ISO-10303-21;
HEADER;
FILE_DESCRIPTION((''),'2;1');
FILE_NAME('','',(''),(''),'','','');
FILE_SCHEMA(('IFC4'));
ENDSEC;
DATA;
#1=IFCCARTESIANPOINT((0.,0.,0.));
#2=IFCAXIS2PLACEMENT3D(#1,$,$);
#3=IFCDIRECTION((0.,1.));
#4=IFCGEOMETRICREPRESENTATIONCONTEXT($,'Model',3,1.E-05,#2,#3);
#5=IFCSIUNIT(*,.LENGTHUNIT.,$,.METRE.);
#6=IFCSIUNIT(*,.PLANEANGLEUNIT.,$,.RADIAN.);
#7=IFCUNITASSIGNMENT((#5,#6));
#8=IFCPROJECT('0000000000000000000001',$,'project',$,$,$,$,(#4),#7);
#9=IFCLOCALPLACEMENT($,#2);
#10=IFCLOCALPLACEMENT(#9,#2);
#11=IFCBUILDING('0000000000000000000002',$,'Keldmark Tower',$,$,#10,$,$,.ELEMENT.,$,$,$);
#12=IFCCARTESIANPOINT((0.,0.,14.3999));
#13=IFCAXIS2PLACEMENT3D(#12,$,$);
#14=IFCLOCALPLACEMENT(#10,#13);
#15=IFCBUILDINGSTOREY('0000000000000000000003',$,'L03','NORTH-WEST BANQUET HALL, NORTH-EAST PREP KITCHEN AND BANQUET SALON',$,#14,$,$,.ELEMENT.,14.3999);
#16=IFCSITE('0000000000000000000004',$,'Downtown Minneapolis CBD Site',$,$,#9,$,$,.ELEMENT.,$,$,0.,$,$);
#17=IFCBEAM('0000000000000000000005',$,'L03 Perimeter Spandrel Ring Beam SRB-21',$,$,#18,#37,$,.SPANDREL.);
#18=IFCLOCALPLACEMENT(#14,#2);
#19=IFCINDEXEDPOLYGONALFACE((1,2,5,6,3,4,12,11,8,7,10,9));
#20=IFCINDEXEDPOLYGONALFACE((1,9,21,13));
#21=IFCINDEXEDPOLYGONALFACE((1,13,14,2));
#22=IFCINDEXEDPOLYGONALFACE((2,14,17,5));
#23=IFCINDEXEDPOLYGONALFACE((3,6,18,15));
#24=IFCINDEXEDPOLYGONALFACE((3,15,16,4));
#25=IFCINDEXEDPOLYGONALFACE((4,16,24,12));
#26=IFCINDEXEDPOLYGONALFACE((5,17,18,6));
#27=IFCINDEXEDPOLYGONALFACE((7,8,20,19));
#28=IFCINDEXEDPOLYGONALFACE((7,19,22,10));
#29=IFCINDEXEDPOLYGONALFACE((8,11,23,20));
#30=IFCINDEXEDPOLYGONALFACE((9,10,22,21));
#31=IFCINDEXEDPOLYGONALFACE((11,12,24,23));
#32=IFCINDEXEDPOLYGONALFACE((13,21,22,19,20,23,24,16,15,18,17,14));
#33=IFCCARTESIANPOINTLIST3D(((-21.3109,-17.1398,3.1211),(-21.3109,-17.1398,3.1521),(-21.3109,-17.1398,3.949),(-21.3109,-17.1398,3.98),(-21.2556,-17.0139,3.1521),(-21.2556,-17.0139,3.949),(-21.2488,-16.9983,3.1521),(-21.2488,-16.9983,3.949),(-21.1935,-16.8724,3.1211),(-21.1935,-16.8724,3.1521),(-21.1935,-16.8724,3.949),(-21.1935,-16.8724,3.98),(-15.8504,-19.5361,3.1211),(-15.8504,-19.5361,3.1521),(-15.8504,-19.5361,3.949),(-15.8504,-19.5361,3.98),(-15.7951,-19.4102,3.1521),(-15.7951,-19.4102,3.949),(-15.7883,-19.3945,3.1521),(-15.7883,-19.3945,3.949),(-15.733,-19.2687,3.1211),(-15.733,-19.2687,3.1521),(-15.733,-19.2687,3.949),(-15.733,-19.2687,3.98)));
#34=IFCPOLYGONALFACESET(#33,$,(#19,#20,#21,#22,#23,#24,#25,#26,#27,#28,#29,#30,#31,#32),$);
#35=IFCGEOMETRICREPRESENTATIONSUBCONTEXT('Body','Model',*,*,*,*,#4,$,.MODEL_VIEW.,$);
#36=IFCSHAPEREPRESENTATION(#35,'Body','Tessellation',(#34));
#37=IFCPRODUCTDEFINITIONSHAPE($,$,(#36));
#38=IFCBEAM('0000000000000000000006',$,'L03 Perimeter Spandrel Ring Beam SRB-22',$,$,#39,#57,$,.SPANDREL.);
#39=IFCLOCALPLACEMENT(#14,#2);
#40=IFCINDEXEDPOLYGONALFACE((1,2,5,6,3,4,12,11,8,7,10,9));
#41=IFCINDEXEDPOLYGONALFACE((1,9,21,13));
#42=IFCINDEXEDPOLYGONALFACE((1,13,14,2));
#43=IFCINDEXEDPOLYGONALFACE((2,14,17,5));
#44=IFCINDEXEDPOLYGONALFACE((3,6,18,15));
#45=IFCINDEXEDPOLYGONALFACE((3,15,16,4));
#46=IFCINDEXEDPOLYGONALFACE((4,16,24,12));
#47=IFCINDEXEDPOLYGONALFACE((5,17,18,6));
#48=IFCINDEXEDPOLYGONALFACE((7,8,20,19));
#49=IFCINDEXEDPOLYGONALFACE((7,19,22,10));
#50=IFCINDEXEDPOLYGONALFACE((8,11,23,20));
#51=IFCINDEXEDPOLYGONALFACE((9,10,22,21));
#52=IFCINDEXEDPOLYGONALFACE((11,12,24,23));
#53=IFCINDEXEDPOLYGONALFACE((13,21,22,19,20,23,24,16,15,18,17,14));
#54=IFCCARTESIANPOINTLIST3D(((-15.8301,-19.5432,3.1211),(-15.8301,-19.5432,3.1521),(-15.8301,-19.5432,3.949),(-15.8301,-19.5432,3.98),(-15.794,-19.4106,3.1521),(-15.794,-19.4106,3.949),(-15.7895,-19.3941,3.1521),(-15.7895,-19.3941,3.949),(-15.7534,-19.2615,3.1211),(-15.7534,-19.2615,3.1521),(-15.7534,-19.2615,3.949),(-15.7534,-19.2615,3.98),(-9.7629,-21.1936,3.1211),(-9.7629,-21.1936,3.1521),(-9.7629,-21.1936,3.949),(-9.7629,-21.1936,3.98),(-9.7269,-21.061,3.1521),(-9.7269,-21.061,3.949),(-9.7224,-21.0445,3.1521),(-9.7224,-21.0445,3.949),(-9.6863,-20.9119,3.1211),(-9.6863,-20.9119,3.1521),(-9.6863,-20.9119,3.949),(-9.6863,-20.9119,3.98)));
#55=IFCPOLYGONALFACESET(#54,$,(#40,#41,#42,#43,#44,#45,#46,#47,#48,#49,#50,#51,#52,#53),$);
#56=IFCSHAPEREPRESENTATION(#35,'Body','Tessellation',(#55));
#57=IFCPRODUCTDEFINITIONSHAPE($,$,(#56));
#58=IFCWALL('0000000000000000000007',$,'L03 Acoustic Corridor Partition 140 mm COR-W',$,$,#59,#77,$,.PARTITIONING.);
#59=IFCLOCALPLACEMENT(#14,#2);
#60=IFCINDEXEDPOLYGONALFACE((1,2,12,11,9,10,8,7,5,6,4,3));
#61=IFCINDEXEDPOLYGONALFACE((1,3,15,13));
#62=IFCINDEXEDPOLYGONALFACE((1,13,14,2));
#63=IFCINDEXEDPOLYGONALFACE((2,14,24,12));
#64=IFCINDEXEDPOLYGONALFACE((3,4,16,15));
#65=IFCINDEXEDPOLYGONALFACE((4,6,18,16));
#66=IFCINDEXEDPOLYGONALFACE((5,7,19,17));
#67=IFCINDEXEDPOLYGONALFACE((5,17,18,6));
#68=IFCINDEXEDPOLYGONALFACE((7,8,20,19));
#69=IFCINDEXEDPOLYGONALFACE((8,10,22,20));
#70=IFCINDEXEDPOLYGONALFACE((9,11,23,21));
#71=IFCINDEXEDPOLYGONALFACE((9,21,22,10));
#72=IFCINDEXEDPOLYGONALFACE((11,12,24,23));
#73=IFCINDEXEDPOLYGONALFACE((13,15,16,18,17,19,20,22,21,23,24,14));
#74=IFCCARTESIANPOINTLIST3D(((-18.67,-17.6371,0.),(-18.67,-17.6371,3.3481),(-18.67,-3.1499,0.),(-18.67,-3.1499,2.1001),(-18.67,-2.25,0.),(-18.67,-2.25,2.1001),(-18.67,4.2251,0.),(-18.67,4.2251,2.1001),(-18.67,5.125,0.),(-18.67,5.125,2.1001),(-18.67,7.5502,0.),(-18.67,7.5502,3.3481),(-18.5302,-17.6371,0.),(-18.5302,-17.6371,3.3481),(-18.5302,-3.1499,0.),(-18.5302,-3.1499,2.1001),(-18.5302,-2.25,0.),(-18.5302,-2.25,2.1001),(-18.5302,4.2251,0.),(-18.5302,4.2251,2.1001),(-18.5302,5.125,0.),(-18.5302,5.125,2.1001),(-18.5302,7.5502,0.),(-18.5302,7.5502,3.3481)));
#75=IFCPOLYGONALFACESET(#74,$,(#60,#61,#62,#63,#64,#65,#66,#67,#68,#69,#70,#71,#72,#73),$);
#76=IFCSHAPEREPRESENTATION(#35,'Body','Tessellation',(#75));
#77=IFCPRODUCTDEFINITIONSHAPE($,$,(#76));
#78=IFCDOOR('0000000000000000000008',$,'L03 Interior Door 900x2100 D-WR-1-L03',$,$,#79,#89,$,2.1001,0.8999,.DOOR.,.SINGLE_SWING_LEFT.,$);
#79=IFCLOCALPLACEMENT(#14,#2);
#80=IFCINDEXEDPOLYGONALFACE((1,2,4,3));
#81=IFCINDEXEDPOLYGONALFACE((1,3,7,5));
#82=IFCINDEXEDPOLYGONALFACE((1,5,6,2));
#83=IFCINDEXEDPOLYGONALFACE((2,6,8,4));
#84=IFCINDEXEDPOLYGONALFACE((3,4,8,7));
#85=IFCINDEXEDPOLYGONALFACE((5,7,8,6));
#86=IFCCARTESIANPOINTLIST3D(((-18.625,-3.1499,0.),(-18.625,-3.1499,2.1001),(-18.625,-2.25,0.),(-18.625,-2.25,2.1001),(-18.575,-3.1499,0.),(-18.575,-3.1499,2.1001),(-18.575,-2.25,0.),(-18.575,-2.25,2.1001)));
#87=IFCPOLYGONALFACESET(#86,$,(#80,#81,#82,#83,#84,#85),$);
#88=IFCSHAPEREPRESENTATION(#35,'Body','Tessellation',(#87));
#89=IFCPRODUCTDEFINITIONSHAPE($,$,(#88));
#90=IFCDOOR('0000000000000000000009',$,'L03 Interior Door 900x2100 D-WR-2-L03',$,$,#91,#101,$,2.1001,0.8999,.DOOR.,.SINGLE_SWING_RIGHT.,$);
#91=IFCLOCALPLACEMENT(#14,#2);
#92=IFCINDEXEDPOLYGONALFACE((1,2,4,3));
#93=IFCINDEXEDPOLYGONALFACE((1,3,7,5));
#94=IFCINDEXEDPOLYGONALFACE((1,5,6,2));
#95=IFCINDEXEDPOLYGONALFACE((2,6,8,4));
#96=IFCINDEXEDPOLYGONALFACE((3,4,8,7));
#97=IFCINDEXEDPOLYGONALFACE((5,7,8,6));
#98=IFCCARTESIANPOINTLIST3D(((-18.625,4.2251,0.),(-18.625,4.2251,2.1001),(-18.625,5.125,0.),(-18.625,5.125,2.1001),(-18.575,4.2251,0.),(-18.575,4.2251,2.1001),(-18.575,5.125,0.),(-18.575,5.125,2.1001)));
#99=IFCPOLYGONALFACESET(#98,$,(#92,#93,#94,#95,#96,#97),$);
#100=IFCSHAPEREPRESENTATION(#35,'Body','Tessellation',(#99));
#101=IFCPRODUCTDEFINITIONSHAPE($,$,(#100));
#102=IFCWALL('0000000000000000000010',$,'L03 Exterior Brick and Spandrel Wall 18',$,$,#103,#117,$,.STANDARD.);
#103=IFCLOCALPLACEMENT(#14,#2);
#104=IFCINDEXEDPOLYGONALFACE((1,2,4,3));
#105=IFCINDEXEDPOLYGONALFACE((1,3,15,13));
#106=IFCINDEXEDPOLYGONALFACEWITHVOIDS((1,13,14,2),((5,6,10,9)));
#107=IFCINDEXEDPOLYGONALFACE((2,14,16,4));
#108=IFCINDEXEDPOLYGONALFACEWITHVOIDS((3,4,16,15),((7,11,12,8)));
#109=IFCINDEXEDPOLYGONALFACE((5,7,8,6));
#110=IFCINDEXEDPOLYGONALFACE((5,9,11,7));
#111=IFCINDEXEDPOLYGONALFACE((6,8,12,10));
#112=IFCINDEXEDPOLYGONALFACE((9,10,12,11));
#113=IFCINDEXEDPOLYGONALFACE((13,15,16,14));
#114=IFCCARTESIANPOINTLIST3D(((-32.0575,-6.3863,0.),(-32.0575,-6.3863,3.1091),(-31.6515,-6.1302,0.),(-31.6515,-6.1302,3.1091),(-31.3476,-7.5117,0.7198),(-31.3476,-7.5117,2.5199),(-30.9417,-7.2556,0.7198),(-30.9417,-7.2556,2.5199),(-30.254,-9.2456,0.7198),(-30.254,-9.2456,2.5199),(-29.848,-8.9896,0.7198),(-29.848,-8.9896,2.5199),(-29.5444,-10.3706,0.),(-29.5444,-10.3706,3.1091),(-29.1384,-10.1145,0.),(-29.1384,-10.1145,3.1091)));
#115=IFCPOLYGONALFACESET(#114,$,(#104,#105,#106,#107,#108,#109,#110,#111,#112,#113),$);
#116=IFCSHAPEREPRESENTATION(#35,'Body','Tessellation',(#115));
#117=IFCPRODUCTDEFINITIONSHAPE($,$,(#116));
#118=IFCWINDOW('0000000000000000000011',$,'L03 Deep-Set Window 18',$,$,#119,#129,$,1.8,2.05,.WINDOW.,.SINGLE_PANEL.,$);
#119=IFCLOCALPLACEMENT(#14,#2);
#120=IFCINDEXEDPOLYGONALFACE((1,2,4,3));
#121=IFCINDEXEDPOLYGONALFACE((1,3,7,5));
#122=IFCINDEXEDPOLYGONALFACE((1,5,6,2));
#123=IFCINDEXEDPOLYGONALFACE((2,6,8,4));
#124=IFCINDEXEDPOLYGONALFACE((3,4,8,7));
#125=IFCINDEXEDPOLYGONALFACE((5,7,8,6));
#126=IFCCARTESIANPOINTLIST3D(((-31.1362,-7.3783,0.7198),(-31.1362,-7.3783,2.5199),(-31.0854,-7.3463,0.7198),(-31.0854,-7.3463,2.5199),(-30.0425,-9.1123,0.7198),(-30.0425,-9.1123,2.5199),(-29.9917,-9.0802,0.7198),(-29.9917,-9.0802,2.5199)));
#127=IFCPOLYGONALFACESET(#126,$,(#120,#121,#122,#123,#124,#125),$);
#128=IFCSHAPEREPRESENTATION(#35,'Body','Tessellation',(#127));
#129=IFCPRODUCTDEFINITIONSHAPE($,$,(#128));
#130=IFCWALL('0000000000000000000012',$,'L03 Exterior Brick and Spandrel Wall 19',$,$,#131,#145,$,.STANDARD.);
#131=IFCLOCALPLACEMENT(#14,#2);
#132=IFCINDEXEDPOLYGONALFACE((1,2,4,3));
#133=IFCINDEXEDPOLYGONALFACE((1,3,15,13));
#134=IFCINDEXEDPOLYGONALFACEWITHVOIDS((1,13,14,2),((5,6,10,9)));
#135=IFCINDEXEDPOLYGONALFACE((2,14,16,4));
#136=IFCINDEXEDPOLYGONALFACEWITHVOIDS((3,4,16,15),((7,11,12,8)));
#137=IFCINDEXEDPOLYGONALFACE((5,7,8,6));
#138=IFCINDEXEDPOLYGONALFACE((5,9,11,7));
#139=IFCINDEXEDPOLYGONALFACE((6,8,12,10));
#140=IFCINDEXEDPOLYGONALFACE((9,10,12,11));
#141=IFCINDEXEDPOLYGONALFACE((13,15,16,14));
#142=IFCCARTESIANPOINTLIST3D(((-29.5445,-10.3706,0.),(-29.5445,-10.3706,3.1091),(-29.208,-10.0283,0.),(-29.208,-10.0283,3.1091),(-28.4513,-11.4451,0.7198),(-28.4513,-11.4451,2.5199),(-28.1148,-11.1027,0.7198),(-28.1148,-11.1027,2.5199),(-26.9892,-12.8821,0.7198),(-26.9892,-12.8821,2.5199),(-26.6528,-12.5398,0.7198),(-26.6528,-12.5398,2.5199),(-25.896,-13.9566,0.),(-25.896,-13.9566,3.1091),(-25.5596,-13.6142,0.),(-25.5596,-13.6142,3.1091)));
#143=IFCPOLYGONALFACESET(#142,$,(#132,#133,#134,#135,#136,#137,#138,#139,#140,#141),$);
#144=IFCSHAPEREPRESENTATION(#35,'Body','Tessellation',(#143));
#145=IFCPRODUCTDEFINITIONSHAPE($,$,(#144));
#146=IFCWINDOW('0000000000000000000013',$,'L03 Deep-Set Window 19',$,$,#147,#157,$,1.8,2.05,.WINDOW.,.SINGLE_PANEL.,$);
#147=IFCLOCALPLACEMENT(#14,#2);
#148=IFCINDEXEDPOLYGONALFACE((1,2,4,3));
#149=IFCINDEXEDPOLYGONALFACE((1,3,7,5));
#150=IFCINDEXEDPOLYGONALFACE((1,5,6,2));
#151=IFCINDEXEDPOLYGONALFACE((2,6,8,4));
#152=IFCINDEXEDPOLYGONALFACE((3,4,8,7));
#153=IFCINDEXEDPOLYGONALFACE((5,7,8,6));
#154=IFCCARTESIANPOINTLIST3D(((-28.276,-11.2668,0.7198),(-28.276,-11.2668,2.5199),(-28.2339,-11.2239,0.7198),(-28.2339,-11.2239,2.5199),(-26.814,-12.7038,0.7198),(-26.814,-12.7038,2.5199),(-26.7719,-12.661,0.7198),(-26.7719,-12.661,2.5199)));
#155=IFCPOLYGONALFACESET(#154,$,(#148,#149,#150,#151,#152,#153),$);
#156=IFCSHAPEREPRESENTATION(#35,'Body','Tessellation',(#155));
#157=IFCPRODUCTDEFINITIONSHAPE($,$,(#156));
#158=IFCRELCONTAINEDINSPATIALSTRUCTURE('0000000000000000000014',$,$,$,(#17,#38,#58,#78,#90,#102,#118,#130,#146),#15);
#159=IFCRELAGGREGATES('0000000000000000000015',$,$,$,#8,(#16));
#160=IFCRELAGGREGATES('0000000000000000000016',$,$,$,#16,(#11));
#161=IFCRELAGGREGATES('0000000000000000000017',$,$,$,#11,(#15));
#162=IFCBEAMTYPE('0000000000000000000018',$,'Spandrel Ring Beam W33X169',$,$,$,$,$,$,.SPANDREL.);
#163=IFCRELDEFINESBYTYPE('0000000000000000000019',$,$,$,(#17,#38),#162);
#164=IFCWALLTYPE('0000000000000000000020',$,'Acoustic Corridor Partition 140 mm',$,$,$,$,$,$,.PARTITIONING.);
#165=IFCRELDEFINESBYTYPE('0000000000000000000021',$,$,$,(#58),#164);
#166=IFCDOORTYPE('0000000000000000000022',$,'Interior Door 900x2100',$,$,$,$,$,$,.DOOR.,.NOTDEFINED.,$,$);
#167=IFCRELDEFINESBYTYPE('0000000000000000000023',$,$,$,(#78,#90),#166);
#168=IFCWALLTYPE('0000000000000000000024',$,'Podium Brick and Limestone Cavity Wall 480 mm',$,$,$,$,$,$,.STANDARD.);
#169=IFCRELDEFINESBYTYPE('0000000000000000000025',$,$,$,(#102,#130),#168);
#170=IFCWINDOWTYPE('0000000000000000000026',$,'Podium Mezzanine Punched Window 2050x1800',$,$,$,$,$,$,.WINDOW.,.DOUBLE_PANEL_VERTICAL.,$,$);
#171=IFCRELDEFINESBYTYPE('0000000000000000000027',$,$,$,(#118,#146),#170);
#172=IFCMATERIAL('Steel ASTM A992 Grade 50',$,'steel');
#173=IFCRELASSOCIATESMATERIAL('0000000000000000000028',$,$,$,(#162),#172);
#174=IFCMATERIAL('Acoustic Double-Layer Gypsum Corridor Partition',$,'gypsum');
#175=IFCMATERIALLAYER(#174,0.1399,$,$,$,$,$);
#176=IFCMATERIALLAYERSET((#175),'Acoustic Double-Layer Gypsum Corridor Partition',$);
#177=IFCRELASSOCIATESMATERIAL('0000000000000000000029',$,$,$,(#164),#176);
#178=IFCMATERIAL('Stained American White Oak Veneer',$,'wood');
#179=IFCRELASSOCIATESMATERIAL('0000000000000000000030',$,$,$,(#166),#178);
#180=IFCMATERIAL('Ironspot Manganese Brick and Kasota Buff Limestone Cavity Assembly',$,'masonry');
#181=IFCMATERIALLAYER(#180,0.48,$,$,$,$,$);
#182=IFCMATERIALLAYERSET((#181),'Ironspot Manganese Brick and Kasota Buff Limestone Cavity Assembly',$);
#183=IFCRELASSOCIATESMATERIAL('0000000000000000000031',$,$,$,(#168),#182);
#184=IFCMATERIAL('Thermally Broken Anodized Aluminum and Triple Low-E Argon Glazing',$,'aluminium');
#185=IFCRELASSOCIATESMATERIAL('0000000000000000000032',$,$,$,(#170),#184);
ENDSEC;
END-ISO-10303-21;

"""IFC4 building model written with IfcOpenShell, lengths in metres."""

from ifc_helpers import new_model, si_unit, direction, frame, frame_2d, origin, origin_2d, place, context, subcontext, project, spatial, rectangle, i_section, extrude, material, layer, layer_set, material_profile, profile_set, type_object, element, fill, save


model = new_model("IFC4")

# Units and contexts
model_context = context("Model", 3, precision=1e-05, world=origin(), true_north=direction((0.0, 1.0)))
body_context = subcontext(model_context, "Body", "Model", "MODEL_VIEW")
ifc_project = project(units=[si_unit("LENGTHUNIT", "METRE"), si_unit("PLANEANGLEUNIT", "RADIAN")], contexts=[model_context])

# Site, building, storey
site_placement = place(None, origin())
site = spatial("IfcSite", under=ifc_project, at=site_placement, Name="Downtown Minneapolis CBD Site", CompositionType="ELEMENT", RefElevation=0.0)
building_placement = place(site_placement, origin())
building = spatial("IfcBuilding", under=site, at=building_placement, Name="Keldmark Tower", CompositionType="ELEMENT")
storey_placement = place(building_placement, frame((0.0, 0.0, 14.3999)))
storey = spatial("IfcBuildingStorey", under=building, at=storey_placement, Name="L03", Description="NORTH-WEST BANQUET HALL, NORTH-EAST PREP KITCHEN AND BANQUET SALON", CompositionType="ELEMENT", Elevation=14.3999)

# Beams
ifc_material_1 = material(Name="Steel ASTM A992 Grade 50", Category="steel")
ifc_material_profile_1 = material_profile(ifc_material_1, i_section(OverallWidth=0.292, OverallDepth=0.8589, WebThickness=0.0171, FlangeThickness=0.031, at=origin_2d()), Name="W33X169")
ifc_profile_set_1 = profile_set([ifc_material_profile_1], Name="Steel ASTM A992 Grade 50")
beam_type_1 = type_object("IfcBeamType", Name="Spandrel Ring Beam W33X169", PredefinedType="SPANDREL", material=ifc_profile_set_1)
beam_1_placement = place(storey_placement, frame((-21.2522, -17.0061, 3.5505), z_axis=(0.915708, -0.401845, 0.0), x_axis=(0.401845, 0.915708, 0.0)))
element("IfcBeam", 1, at=beam_1_placement, inside=storey, type_object=beam_type_1, Name="L03 Perimeter Spandrel Ring Beam SRB-21", PredefinedType="SPANDREL", context=body_context, shape_type="SweptSolid", body=[
    extrude(i_section(OverallWidth=0.292, OverallDepth=0.8589, WebThickness=0.0171, FlangeThickness=0.031, at=origin_2d()), origin(), (0.0, 0.0, 1.0), 5.9631),
])
beam_2_placement = place(storey_placement, frame((-15.7917, -19.4023, 3.5505), z_axis=(0.964937, -0.262483, 0.0), x_axis=(0.262483, 0.964937, 0.0)))
element("IfcBeam", 2, at=beam_2_placement, inside=storey, type_object=beam_type_1, Name="L03 Perimeter Spandrel Ring Beam SRB-22", PredefinedType="SPANDREL", context=body_context, shape_type="SweptSolid", body=[
    extrude(i_section(OverallWidth=0.292, OverallDepth=0.8589, WebThickness=0.0171, FlangeThickness=0.031, at=origin_2d()), origin(), (0.0, 0.0, 1.0), 6.2876),
])

# Wall, openings, doors
ifc_material_2 = material(Name="Acoustic Double-Layer Gypsum Corridor Partition", Category="gypsum")
ifc_layer_1 = layer(ifc_material_2, 0.1399)
ifc_layer_set_1 = layer_set([ifc_layer_1], Name="Acoustic Double-Layer Gypsum Corridor Partition")
wall_type_1 = type_object("IfcWallType", Name="Acoustic Corridor Partition 140 mm", PredefinedType="PARTITIONING", material=ifc_layer_set_1)
wall_1_placement = place(storey_placement, frame((-18.6001, -17.6372, 0.0), z_axis=(0.0, 0.0, 1.0), x_axis=(0.0, 1.0, 0.0)))
wall_1 = element("IfcWall", 3, at=wall_1_placement, inside=storey, type_object=wall_type_1, Name="L03 Acoustic Corridor Partition 140 mm COR-W", PredefinedType="PARTITIONING", context=body_context, shape_type="SweptSolid", body=[
    extrude(rectangle(XDim=25.1873, YDim=0.1399, at=frame_2d((12.5938, 0.0))), origin(), (0.0, 0.0, 1.0), 3.3481),
])
opening_1_placement = place(wall_1_placement, frame((14.4873, 0.0, 0.0)))
opening_1 = element("IfcOpeningElement", 4, at=opening_1_placement, cuts=wall_1, PredefinedType="OPENING", context=body_context, shape_type="SweptSolid", body=[
    extrude(rectangle(XDim=0.8999, YDim=2.1001, at=frame_2d((0.45, 1.05))), frame((0.0, 0.0798, 0.0), z_axis=(0.0, -1.0, 0.0), x_axis=(1.0, 0.0, 0.0)), (0.0, 0.0, 1.0), 0.1599),
])
opening_2_placement = place(wall_1_placement, frame((21.8623, 0.0, 0.0)))
opening_2 = element("IfcOpeningElement", 5, at=opening_2_placement, cuts=wall_1, PredefinedType="OPENING", context=body_context, shape_type="SweptSolid", body=[
    extrude(rectangle(XDim=0.8999, YDim=2.1001, at=frame_2d((0.45, 1.05))), frame((0.0, 0.0798, 0.0), z_axis=(0.0, -1.0, 0.0), x_axis=(1.0, 0.0, 0.0)), (0.0, 0.0, 1.0), 0.1599),
])
ifc_material_3 = material(Name="Stained American White Oak Veneer", Category="wood")
door_type = type_object("IfcDoorType", Name="Interior Door 900x2100", OperationType="NOTDEFINED", PredefinedType="DOOR", material=ifc_material_3)
door_1_placement = place(opening_1_placement, origin())
door_1 = element("IfcDoor", 6, at=door_1_placement, inside=storey, type_object=door_type, Name="L03 Interior Door 900x2100 D-WR-1-L03", OperationType="SINGLE_SWING_LEFT", OverallHeight=2.1001, OverallWidth=0.8999, PredefinedType="DOOR", context=body_context, shape_type="SweptSolid", body=[
    extrude(rectangle(XDim=0.8999, YDim=2.1001, at=frame_2d((0.45, 1.05))), frame((0.0, 0.0249, 0.0), z_axis=(0.0, -1.0, 0.0), x_axis=(1.0, 0.0, 0.0)), (0.0, 0.0, 1.0), 0.05),
])
fill(opening_1, door_1)
door_2_placement = place(opening_2_placement, origin())
door_2 = element("IfcDoor", 7, at=door_2_placement, inside=storey, type_object=door_type, Name="L03 Interior Door 900x2100 D-WR-2-L03", OperationType="SINGLE_SWING_RIGHT", OverallHeight=2.1001, OverallWidth=0.8999, PredefinedType="DOOR", context=body_context, shape_type="SweptSolid", body=[
    extrude(rectangle(XDim=0.8999, YDim=2.1001, at=frame_2d((0.45, 1.05))), frame((0.0, 0.0249, 0.0), z_axis=(0.0, -1.0, 0.0), x_axis=(1.0, 0.0, 0.0)), (0.0, 0.0, 1.0), 0.05),
])
fill(opening_2, door_2)

# Walls, openings, windows
ifc_material_4 = material(Name="Ironspot Manganese Brick and Kasota Buff Limestone Cavity Assembly", Category="masonry")
ifc_layer_2 = layer(ifc_material_4, 0.48)
ifc_layer_set_2 = layer_set([ifc_layer_2], Name="Ironspot Manganese Brick and Kasota Buff Limestone Cavity Assembly")
wall_type_2 = type_object("IfcWallType", Name="Podium Brick and Limestone Cavity Wall 480 mm", PredefinedType="STANDARD", material=ifc_layer_set_2)
wall_2_placement = place(storey_placement, frame((-29.3413, -10.2427, 0.0), z_axis=(0.0, 0.0, 1.0), x_axis=(-0.533498, 0.845802, 0.0)))
wall_2 = element("IfcWall", 8, at=wall_2_placement, inside=storey, type_object=wall_type_2, Name="L03 Exterior Brick and Spandrel Wall 18", PredefinedType="STANDARD", context=body_context, shape_type="SweptSolid", body=[
    extrude(rectangle(XDim=4.7107, YDim=0.48, at=frame_2d((2.3555, 0.0))), origin(), (0.0, 0.0, 1.0), 3.1091),
])
opening_3_placement = place(wall_2_placement, frame((1.3303, 0.0, 0.72)))
opening_3 = element("IfcOpeningElement", 9, at=opening_3_placement, cuts=wall_2, PredefinedType="OPENING", context=body_context, shape_type="SweptSolid", body=[
    extrude(rectangle(XDim=2.05, YDim=1.8, at=frame_2d((1.0249, 0.8999))), frame((0.0, 0.25, 0.0), z_axis=(0.0, -1.0, 0.0), x_axis=(1.0, 0.0, 0.0)), (0.0, 0.0, 1.0), 0.5),
])
ifc_material_5 = material(Name="Thermally Broken Anodized Aluminum and Triple Low-E Argon Glazing", Category="aluminium")
window_type = type_object("IfcWindowType", Name="Podium Mezzanine Punched Window 2050x1800", PartitioningType="DOUBLE_PANEL_VERTICAL", PredefinedType="WINDOW", material=ifc_material_5)
window_1_placement = place(opening_3_placement, origin())
window_1 = element("IfcWindow", 10, at=window_1_placement, inside=storey, type_object=window_type, Name="L03 Deep-Set Window 18", OverallHeight=1.8, OverallWidth=2.05, PartitioningType="SINGLE_PANEL", PredefinedType="WINDOW", context=body_context, shape_type="SweptSolid", body=[
    extrude(rectangle(XDim=2.05, YDim=1.8, at=frame_2d((1.0249, 0.8999))), frame((0.0, -0.01, 0.0), z_axis=(0.0, -1.0, 0.0), x_axis=(1.0, 0.0, 0.0)), (0.0, 0.0, 1.0), 0.0601),
])
fill(opening_3, window_1)
wall_3_placement = place(storey_placement, frame((-25.7278, -13.7854, 0.0), z_axis=(0.0, 0.0, 1.0), x_axis=(-0.713189, 0.700972, 0.0)))
wall_3 = element("IfcWall", 11, at=wall_3_placement, inside=storey, type_object=wall_type_2, Name="L03 Exterior Brick and Spandrel Wall 19", PredefinedType="STANDARD", context=body_context, shape_type="SweptSolid", body=[
    extrude(rectangle(XDim=5.1157, YDim=0.48, at=frame_2d((2.5579, 0.0))), origin(), (0.0, 0.0, 1.0), 3.1091),
])
opening_4_placement = place(wall_3_placement, frame((1.533, 0.0, 0.72)))
opening_4 = element("IfcOpeningElement", 12, at=opening_4_placement, cuts=wall_3, PredefinedType="OPENING", context=body_context, shape_type="SweptSolid", body=[
    extrude(rectangle(XDim=2.05, YDim=1.8, at=frame_2d((1.0249, 0.8999))), frame((0.0, 0.25, 0.0), z_axis=(0.0, -1.0, 0.0), x_axis=(1.0, 0.0, 0.0)), (0.0, 0.0, 1.0), 0.5),
])
window_2_placement = place(opening_4_placement, origin())
window_2 = element("IfcWindow", 13, at=window_2_placement, inside=storey, type_object=window_type, Name="L03 Deep-Set Window 19", OverallHeight=1.8, OverallWidth=2.05, PartitioningType="SINGLE_PANEL", PredefinedType="WINDOW", context=body_context, shape_type="SweptSolid", body=[
    extrude(rectangle(XDim=2.05, YDim=1.8, at=frame_2d((1.0249, 0.8999))), frame((0.0, -0.01, 0.0), z_axis=(0.0, -1.0, 0.0), x_axis=(1.0, 0.0, 0.0)), (0.0, 0.0, 1.0), 0.0601),
])
fill(opening_4, window_2)

save(model, "model.ifc")
